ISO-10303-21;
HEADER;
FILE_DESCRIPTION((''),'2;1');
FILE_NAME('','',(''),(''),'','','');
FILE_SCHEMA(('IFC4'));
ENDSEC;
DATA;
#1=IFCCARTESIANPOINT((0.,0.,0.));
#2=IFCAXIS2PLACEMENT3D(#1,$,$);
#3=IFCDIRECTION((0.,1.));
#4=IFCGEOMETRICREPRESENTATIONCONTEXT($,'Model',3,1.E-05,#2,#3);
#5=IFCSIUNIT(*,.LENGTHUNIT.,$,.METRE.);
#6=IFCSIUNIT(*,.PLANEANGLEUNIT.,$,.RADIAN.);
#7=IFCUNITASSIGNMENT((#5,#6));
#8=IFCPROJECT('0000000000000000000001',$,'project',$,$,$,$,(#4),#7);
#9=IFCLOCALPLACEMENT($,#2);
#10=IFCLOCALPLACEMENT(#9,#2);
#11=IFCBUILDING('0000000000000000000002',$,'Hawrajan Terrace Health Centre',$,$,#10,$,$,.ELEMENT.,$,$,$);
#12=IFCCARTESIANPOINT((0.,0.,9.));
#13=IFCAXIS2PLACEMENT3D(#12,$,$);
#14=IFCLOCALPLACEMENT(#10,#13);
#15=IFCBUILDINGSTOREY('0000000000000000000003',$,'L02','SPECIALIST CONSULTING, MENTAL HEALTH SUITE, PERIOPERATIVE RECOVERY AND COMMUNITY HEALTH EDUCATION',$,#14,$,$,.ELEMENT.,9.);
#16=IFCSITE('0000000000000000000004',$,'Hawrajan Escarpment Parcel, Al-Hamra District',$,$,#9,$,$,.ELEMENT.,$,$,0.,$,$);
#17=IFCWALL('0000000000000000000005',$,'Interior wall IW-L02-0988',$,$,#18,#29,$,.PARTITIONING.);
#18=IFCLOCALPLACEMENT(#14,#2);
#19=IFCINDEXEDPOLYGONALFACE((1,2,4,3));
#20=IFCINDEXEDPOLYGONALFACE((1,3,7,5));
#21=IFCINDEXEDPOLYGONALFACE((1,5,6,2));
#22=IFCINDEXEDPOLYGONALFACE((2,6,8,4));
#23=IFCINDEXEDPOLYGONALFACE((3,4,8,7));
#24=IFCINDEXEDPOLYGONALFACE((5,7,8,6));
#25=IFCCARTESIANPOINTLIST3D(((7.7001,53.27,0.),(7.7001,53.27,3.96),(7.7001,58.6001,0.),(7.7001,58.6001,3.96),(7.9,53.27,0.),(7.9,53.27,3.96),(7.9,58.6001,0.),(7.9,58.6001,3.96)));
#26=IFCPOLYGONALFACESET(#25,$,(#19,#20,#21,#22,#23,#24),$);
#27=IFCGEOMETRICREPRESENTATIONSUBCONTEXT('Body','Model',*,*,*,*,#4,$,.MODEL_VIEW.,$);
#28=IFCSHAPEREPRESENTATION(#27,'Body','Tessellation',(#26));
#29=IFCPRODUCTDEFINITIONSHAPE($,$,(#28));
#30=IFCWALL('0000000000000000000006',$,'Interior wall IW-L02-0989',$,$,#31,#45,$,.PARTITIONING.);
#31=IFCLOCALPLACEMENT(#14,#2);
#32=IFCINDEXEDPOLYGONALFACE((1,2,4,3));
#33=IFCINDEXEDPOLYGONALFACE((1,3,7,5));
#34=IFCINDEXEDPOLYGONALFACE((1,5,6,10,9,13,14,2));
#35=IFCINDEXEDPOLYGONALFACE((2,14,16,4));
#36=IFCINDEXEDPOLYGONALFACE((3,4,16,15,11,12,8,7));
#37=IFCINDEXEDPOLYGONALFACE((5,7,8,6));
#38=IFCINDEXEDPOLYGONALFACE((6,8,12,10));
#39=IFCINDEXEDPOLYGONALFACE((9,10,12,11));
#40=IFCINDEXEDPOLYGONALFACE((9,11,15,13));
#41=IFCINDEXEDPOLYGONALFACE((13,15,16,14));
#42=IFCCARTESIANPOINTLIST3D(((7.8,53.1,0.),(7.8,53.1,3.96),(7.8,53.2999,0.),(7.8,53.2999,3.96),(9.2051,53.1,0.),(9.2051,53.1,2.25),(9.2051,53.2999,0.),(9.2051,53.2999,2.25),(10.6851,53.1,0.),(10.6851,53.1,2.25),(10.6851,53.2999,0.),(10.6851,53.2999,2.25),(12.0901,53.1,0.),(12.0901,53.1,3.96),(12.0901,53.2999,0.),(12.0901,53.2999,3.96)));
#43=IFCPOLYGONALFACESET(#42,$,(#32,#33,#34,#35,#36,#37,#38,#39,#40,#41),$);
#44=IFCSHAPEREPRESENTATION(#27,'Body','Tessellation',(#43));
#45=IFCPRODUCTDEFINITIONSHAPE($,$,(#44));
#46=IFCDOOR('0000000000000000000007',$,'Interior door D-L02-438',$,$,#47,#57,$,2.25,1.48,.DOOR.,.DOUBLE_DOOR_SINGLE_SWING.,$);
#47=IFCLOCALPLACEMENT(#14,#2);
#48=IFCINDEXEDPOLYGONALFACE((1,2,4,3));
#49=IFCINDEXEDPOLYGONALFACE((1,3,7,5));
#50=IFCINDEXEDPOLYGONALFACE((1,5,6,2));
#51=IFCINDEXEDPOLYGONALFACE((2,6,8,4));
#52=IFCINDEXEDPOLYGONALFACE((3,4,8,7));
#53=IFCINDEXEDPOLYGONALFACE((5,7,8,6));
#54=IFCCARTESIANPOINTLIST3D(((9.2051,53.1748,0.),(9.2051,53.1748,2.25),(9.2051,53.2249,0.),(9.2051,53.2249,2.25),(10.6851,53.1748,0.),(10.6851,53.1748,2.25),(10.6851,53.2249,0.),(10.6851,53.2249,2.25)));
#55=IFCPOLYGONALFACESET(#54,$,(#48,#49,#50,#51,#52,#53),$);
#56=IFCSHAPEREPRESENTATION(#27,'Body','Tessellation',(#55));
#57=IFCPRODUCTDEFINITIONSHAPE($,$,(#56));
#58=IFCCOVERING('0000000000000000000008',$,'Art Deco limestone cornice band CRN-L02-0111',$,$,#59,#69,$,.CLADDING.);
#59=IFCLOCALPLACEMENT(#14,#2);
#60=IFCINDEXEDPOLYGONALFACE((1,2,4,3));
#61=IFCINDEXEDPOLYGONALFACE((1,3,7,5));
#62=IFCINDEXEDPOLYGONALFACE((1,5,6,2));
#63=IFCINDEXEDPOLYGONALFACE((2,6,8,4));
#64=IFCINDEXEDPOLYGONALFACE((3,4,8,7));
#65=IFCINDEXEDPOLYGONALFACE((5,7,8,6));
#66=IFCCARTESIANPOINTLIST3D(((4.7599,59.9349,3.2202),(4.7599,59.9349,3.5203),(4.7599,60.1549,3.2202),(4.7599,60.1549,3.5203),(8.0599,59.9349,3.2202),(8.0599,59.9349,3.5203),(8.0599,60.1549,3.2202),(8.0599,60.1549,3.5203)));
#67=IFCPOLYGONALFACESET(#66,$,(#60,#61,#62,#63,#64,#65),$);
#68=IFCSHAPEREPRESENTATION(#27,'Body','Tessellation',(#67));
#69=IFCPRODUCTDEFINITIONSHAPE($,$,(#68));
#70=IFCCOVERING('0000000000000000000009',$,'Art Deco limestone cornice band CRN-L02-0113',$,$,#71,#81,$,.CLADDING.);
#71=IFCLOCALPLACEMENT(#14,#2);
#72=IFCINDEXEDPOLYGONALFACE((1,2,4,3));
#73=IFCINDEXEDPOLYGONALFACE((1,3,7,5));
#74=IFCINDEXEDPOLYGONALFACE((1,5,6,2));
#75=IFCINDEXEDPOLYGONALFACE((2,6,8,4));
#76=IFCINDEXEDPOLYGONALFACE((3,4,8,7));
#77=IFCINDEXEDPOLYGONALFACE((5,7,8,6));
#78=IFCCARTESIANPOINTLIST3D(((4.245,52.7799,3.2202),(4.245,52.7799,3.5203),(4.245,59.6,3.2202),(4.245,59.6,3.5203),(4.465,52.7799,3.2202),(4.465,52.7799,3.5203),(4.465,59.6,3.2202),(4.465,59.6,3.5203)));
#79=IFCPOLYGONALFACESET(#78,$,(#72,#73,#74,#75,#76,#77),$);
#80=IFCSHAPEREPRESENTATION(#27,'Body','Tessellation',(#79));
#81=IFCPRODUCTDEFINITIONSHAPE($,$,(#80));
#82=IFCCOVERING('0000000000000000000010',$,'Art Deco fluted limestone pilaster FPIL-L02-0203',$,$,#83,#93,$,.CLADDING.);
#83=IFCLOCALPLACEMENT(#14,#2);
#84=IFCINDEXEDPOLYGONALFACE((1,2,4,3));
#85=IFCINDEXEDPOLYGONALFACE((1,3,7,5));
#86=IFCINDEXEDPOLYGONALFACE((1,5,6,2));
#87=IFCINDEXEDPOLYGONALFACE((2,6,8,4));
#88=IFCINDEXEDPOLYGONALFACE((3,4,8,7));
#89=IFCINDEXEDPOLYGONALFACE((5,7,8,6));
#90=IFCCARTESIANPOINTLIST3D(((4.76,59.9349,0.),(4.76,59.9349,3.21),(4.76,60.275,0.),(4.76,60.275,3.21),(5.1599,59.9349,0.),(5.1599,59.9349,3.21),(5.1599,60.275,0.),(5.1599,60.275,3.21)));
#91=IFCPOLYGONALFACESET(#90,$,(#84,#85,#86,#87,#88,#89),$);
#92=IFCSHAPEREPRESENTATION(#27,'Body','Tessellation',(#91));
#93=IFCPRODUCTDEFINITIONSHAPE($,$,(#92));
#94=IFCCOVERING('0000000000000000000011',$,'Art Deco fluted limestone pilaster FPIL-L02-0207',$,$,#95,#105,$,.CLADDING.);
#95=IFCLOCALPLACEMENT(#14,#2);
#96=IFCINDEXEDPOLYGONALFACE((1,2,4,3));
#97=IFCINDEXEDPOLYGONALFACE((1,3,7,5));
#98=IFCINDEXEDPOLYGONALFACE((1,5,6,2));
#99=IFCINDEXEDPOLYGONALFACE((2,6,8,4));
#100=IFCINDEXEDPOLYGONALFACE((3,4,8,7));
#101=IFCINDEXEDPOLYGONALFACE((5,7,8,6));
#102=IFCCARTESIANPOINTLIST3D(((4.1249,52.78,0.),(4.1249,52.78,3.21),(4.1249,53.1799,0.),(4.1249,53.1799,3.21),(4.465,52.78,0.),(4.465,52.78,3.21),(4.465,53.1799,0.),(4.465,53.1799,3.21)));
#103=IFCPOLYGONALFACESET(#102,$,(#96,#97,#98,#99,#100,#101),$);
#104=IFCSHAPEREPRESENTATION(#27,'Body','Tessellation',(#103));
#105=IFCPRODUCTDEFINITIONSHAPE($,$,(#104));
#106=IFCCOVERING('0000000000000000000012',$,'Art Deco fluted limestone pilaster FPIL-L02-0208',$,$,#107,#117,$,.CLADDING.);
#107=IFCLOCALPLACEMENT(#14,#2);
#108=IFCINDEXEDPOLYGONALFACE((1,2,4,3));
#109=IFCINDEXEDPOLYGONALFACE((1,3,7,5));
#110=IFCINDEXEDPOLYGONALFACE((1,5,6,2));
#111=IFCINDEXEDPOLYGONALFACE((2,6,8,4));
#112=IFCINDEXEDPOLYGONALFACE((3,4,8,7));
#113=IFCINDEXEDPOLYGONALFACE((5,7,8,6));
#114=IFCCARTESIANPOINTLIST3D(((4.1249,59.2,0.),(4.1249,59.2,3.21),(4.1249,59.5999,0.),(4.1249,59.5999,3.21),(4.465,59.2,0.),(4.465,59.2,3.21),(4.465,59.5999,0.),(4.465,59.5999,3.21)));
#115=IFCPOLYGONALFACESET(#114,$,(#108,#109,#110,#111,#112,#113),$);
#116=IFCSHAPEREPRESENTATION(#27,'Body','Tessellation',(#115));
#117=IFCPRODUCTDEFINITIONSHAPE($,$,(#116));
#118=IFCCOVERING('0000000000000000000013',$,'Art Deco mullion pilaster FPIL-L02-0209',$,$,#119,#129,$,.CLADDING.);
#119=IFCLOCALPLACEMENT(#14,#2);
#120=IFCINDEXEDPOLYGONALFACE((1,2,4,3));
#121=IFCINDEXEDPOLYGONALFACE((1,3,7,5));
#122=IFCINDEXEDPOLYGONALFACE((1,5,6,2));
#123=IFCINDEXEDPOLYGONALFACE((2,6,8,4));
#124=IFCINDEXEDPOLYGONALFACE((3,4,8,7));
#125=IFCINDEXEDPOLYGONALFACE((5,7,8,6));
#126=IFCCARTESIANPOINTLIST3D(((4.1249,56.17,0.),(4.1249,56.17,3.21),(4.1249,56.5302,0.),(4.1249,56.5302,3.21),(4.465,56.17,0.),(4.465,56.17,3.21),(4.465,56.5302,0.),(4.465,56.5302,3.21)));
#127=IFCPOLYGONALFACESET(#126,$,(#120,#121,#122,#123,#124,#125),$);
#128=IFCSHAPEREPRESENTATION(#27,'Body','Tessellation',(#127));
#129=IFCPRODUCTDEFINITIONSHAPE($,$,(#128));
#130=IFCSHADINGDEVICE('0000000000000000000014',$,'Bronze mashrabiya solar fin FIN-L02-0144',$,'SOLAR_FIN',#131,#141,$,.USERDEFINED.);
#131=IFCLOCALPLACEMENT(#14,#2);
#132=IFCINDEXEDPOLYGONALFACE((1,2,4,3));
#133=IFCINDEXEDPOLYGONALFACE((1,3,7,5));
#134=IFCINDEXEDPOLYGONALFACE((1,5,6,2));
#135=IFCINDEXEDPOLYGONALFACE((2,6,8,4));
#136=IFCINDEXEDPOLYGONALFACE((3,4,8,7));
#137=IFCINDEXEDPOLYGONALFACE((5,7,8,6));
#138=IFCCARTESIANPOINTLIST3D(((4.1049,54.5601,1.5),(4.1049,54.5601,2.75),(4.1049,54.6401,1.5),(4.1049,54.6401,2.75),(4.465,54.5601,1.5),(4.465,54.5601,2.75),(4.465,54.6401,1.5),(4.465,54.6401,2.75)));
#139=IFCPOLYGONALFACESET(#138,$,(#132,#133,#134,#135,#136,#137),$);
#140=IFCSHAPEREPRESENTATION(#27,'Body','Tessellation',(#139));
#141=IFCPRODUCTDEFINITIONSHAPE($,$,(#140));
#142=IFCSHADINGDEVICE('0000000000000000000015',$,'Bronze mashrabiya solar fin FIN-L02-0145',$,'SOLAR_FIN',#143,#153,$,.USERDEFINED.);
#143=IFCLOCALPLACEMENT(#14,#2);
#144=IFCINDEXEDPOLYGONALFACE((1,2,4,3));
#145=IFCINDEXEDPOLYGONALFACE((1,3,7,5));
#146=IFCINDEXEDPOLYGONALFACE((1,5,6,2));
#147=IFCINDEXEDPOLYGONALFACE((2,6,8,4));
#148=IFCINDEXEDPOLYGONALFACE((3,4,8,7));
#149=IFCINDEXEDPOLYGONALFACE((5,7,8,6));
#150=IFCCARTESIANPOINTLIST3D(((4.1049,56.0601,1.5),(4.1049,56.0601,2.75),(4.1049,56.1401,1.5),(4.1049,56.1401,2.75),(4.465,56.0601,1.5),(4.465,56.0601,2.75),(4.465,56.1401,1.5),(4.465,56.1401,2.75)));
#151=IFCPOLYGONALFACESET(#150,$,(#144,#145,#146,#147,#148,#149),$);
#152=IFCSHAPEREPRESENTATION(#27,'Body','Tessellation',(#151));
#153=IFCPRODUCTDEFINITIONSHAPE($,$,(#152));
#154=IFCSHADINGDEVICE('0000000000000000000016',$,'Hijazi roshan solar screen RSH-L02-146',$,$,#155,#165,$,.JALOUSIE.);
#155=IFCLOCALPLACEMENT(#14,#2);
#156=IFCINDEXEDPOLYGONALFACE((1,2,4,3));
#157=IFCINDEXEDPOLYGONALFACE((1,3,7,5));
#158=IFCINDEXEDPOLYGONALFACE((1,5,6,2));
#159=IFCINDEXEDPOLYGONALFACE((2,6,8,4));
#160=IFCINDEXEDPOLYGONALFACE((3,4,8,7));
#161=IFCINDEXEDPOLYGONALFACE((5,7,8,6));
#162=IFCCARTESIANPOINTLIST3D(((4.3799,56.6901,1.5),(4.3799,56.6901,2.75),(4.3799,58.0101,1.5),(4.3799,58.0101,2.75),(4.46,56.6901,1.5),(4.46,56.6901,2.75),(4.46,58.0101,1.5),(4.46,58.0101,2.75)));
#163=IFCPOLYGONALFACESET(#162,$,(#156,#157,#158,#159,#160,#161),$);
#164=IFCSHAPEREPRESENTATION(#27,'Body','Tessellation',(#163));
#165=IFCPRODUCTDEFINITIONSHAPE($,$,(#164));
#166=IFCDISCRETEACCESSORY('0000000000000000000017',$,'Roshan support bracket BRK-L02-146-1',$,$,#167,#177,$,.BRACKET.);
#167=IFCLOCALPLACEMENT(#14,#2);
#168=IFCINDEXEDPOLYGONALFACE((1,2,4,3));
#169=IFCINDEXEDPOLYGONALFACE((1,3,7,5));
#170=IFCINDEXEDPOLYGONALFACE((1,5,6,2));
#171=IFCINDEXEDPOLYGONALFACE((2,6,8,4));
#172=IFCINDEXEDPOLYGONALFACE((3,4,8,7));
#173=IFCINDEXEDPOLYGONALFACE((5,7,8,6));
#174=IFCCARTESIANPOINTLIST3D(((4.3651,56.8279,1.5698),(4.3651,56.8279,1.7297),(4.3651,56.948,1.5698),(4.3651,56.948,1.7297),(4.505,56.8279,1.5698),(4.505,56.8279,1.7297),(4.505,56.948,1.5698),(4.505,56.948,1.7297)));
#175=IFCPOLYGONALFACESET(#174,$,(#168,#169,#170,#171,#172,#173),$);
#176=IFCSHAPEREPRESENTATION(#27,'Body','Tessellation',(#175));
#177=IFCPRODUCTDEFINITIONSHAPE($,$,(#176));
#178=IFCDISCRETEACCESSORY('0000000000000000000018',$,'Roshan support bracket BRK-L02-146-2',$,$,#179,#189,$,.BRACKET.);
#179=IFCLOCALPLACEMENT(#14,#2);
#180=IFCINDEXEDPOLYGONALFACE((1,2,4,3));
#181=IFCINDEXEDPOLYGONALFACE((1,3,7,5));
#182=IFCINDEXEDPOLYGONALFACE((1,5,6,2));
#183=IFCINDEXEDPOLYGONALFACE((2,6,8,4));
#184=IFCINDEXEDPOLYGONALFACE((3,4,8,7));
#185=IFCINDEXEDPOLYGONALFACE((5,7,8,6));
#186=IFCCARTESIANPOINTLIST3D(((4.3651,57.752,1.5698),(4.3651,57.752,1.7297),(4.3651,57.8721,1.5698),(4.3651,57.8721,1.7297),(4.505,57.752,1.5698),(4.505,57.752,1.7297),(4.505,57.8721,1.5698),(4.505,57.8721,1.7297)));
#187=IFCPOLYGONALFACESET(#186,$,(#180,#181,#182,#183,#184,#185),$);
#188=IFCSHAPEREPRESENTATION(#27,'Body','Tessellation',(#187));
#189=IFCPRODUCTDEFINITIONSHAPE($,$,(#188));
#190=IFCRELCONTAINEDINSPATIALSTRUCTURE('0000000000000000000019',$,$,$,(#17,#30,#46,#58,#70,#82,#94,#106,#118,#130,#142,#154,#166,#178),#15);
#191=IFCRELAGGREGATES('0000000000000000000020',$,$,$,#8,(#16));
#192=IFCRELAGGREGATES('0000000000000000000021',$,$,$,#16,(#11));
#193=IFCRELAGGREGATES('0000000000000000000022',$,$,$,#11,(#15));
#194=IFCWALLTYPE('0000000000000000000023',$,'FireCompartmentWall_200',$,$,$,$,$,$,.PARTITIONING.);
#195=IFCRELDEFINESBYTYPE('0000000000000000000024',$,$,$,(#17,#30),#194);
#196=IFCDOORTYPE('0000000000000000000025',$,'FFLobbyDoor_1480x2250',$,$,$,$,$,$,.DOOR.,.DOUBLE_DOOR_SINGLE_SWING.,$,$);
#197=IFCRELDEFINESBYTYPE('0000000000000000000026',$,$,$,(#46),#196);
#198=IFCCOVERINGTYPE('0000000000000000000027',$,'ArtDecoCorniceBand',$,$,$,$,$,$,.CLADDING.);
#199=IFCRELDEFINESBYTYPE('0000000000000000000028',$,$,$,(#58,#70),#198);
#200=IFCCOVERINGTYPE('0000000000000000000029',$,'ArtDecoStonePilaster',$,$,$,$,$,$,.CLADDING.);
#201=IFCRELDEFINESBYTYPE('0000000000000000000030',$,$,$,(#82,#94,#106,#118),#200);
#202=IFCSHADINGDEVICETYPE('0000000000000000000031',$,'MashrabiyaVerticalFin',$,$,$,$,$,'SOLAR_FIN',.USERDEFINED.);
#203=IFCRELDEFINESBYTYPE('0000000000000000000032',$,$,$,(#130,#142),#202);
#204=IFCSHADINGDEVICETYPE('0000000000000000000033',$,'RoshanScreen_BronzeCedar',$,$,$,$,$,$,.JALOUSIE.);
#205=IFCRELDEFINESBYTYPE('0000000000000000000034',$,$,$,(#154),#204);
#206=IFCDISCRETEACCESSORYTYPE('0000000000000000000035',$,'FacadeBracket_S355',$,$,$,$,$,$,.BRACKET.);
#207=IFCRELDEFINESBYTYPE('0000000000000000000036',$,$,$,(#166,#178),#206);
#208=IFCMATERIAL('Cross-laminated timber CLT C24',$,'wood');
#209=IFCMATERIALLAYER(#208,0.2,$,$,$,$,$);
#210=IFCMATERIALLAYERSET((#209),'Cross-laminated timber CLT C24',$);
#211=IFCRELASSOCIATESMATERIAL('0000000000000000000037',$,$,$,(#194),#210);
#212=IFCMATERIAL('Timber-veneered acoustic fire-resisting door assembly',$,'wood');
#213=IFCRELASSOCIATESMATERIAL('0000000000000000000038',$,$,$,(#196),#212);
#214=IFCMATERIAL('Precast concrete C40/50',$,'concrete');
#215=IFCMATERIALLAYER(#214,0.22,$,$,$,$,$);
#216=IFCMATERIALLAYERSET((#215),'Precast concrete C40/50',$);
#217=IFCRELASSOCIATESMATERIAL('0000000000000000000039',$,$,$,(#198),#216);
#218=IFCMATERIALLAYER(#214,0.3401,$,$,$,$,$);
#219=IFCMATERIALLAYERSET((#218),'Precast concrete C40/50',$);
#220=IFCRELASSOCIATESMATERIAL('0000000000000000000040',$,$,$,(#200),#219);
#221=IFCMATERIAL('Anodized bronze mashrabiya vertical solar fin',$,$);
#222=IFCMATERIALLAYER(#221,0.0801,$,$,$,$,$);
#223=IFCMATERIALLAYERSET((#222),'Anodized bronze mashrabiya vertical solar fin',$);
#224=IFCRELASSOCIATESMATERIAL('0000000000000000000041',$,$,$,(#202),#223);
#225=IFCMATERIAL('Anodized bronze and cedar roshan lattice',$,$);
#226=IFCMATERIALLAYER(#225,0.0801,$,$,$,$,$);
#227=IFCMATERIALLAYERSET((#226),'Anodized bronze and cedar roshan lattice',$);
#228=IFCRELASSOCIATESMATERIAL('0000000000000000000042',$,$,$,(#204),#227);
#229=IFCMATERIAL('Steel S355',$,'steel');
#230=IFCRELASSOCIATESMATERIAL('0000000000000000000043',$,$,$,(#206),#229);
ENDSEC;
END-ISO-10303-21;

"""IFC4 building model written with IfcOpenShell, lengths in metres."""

from ifc_helpers import new_model, si_unit, direction, frame, frame_2d, origin, origin_2d, place, context, subcontext, project, spatial, rectangle, extrude, material, layer, layer_set, type_object, element, fill, save


model = new_model("IFC4")

# Units and contexts
model_context = context("Model", 3, precision=1e-05, world=origin(), true_north=direction((0.0, 1.0)))
body_context = subcontext(model_context, "Body", "Model", "MODEL_VIEW")
ifc_project = project(units=[si_unit("LENGTHUNIT", "METRE"), si_unit("PLANEANGLEUNIT", "RADIAN")], contexts=[model_context])

# Site, building, storey
site_placement = place(None, origin())
site = spatial("IfcSite", under=ifc_project, at=site_placement, Name="Hawrajan Escarpment Parcel, Al-Hamra District", CompositionType="ELEMENT", RefElevation=0.0)
building_placement = place(site_placement, origin())
building = spatial("IfcBuilding", under=site, at=building_placement, Name="Hawrajan Terrace Health Centre", CompositionType="ELEMENT")
storey_placement = place(building_placement, frame((0.0, 0.0, 9.0)))
storey = spatial("IfcBuildingStorey", under=building, at=storey_placement, Name="L02", Description="SPECIALIST CONSULTING, MENTAL HEALTH SUITE, PERIOPERATIVE RECOVERY AND COMMUNITY HEALTH EDUCATION", CompositionType="ELEMENT", Elevation=9.0)

# Shared definitions
ifc_material_1 = material(Name="Precast concrete C40/50", Category="concrete")

# Wall
ifc_material_2 = material(Name="Cross-laminated timber CLT C24", Category="wood")
ifc_layer_1 = layer(ifc_material_2, 0.2)
ifc_layer_set_1 = layer_set([ifc_layer_1], Name="Cross-laminated timber CLT C24")
wall_type_1 = type_object("IfcWallType", Name="FireCompartmentWall_200", PredefinedType="PARTITIONING", material=ifc_layer_set_1)
wall_1_placement = place(storey_placement, frame((7.8, 53.27, 0.0), z_axis=(0.0, 0.0, 1.0), x_axis=(0.0, 1.0, 0.0)))
element("IfcWall", 1, at=wall_1_placement, inside=storey, type_object=wall_type_1, Name="Interior wall IW-L02-0988", PredefinedType="PARTITIONING", context=body_context, shape_type="SweptSolid", body=[
    extrude(rectangle(XDim=5.3301, YDim=0.2, at=frame_2d((2.665, 0.0))), origin(), (0.0, 0.0, 1.0), 3.96),
])

# Wall, opening, door
wall_2_placement = place(storey_placement, frame((7.8, 53.2, 0.0), z_axis=(0.0, 0.0, 1.0), x_axis=(1.0, 0.0, 0.0)))
wall_2 = element("IfcWall", 2, at=wall_2_placement, inside=storey, type_object=wall_type_1, Name="Interior wall IW-L02-0989", PredefinedType="PARTITIONING", context=body_context, shape_type="SweptSolid", body=[
    extrude(rectangle(XDim=4.29, YDim=0.2, at=frame_2d((2.145, 0.0))), origin(), (0.0, 0.0, 1.0), 3.96),
])
opening_1_placement = place(wall_2_placement, frame((1.405, 0.0, 0.0)))
opening_1 = element("IfcOpeningElement", 3, at=opening_1_placement, cuts=wall_2, PredefinedType="OPENING", context=body_context, shape_type="SweptSolid", body=[
    extrude(rectangle(XDim=1.48, YDim=2.25, at=frame_2d((0.74, 1.125))), frame((0.0, 0.1099, 0.0), z_axis=(0.0, -1.0, 0.0), x_axis=(1.0, 0.0, 0.0)), (0.0, 0.0, 1.0), 0.22),
])
ifc_material_3 = material(Name="Timber-veneered acoustic fire-resisting door assembly", Category="wood")
door_type_1 = type_object("IfcDoorType", Name="FFLobbyDoor_1480x2250", OperationType="DOUBLE_DOOR_SINGLE_SWING", PredefinedType="DOOR", material=ifc_material_3)
door_1_placement = place(opening_1_placement, origin())
door_1 = element("IfcDoor", 4, at=door_1_placement, inside=storey, type_object=door_type_1, Name="Interior door D-L02-438", OperationType="DOUBLE_DOOR_SINGLE_SWING", OverallHeight=2.25, OverallWidth=1.48, PredefinedType="DOOR", context=body_context, shape_type="SweptSolid", body=[
    extrude(rectangle(XDim=1.48, YDim=2.25, at=frame_2d((0.74, 1.125))), frame((0.0, 0.0249, 0.0), z_axis=(0.0, -1.0, 0.0), x_axis=(1.0, 0.0, 0.0)), (0.0, 0.0, 1.0), 0.05),
])
fill(opening_1, door_1)

# Coverings
ifc_layer_2 = layer(ifc_material_1, 0.22)
ifc_layer_set_2 = layer_set([ifc_layer_2], Name="Precast concrete C40/50")
covering_type_1 = type_object("IfcCoveringType", Name="ArtDecoCorniceBand", PredefinedType="CLADDING", material=ifc_layer_set_2)
covering_1_placement = place(storey_placement, frame((6.4099, 60.0449, 3.2202), z_axis=(0.0, 0.0, 1.0), x_axis=(1.0, 0.0, 0.0)))
element("IfcCovering", 5, at=covering_1_placement, inside=storey, type_object=covering_type_1, Name="Art Deco limestone cornice band CRN-L02-0111", PredefinedType="CLADDING", context=body_context, shape_type="SweptSolid", body=[
    extrude(rectangle(XDim=3.3, YDim=0.22, at=origin_2d()), origin(), (0.0, 0.0, 1.0), 0.3),
])
covering_2_placement = place(storey_placement, frame((4.355, 56.1899, 3.2202), z_axis=(0.0, 0.0, 1.0), x_axis=(0.0, 1.0, 0.0)))
element("IfcCovering", 6, at=covering_2_placement, inside=storey, type_object=covering_type_1, Name="Art Deco limestone cornice band CRN-L02-0113", PredefinedType="CLADDING", context=body_context, shape_type="SweptSolid", body=[
    extrude(rectangle(XDim=6.8201, YDim=0.22, at=origin_2d()), origin(), (0.0, 0.0, 1.0), 0.3),
])
ifc_layer_3 = layer(ifc_material_1, 0.3401)
ifc_layer_set_3 = layer_set([ifc_layer_3], Name="Precast concrete C40/50")
covering_type_2 = type_object("IfcCoveringType", Name="ArtDecoStonePilaster", PredefinedType="CLADDING", material=ifc_layer_set_3)
for number, where, z_axis, x_axis, name in (
    (7, (4.96, 60.105, 0.0), (0.0, 0.0, 1.0), (1.0, 0.0, 0.0), "Art Deco fluted limestone pilaster FPIL-L02-0203"),
    (8, (4.2949, 52.98, 0.0), (0.0, 0.0, 1.0), (0.0, 1.0, 0.0), "Art Deco fluted limestone pilaster FPIL-L02-0207"),
    (9, (4.2949, 59.3999, 0.0), (0.0, 0.0, 1.0), (0.0, 1.0, 0.0), "Art Deco fluted limestone pilaster FPIL-L02-0208"),
):
    element("IfcCovering", number, at=place(storey_placement, frame(where, z_axis=z_axis, x_axis=x_axis)), inside=storey, type_object=covering_type_2, Name=name, PredefinedType="CLADDING", context=body_context, shape_type="SweptSolid", body=[
        extrude(rectangle(XDim=0.3999, YDim=0.3401, at=origin_2d()), origin(), (0.0, 0.0, 1.0), 3.21),
    ])
covering_3_placement = place(storey_placement, frame((4.2949, 56.3501, 0.0), z_axis=(0.0, 0.0, 1.0), x_axis=(0.0, 1.0, 0.0)))
element("IfcCovering", 10, at=covering_3_placement, inside=storey, type_object=covering_type_2, Name="Art Deco mullion pilaster FPIL-L02-0209", PredefinedType="CLADDING", context=body_context, shape_type="SweptSolid", body=[
    extrude(rectangle(XDim=0.3601, YDim=0.3401, at=origin_2d()), origin(), (0.0, 0.0, 1.0), 3.21),
])

# Shading devices
ifc_material_4 = material(Name="Anodized bronze mashrabiya vertical solar fin")
ifc_layer_4 = layer(ifc_material_4, 0.0801)
ifc_layer_set_4 = layer_set([ifc_layer_4], Name="Anodized bronze mashrabiya vertical solar fin")
shading_device_type_1 = type_object("IfcShadingDeviceType", Name="MashrabiyaVerticalFin", ElementType="SOLAR_FIN", PredefinedType="USERDEFINED", material=ifc_layer_set_4)
for number, where, z_axis, x_axis, name in (
    (11, (4.2849, 54.6001, 1.5), (0.0, 0.0, 1.0), (0.0, 1.0, 0.0), "Bronze mashrabiya solar fin FIN-L02-0144"),
    (12, (4.2849, 56.1001, 1.5), (0.0, 0.0, 1.0), (0.0, 1.0, 0.0), "Bronze mashrabiya solar fin FIN-L02-0145"),
):
    element("IfcShadingDevice", number, at=place(storey_placement, frame(where, z_axis=z_axis, x_axis=x_axis)), inside=storey, type_object=shading_device_type_1, Name=name, ObjectType="SOLAR_FIN", PredefinedType="USERDEFINED", context=body_context, shape_type="SweptSolid", body=[
        extrude(rectangle(XDim=0.0801, YDim=0.3601, at=origin_2d()), origin(), (0.0, 0.0, 1.0), 1.25),
    ])
ifc_material_5 = material(Name="Anodized bronze and cedar roshan lattice")
ifc_layer_5 = layer(ifc_material_5, 0.0801)
ifc_layer_set_5 = layer_set([ifc_layer_5], Name="Anodized bronze and cedar roshan lattice")
shading_device_type_2 = type_object("IfcShadingDeviceType", Name="RoshanScreen_BronzeCedar", PredefinedType="JALOUSIE", material=ifc_layer_set_5)
shading_device_placement = place(storey_placement, frame((4.4199, 57.3501, 1.5), z_axis=(0.0, 0.0, 1.0), x_axis=(0.0, 1.0, 0.0)))
element("IfcShadingDevice", 13, at=shading_device_placement, inside=storey, type_object=shading_device_type_2, Name="Hijazi roshan solar screen RSH-L02-146", PredefinedType="JALOUSIE", context=body_context, shape_type="SweptSolid", body=[
    extrude(rectangle(XDim=1.3201, YDim=0.0801, at=origin_2d()), origin(), (0.0, 0.0, 1.0), 1.25),
])

# Discrete accessories
ifc_material_6 = material(Name="Steel S355", Category="steel")
discrete_accessory_type = type_object("IfcDiscreteAccessoryType", Name="FacadeBracket_S355", PredefinedType="BRACKET", material=ifc_material_6)
for number, where, z_axis, x_axis, name in (
    (14, (4.4351, 56.8879, 1.5698), (0.0, 0.0, 1.0), (0.0, 1.0, 0.0), "Roshan support bracket BRK-L02-146-1"),
    (15, (4.4351, 57.812, 1.5698), (0.0, 0.0, 1.0), (0.0, 1.0, 0.0), "Roshan support bracket BRK-L02-146-2"),
):
    element("IfcDiscreteAccessory", number, at=place(storey_placement, frame(where, z_axis=z_axis, x_axis=x_axis)), inside=storey, type_object=discrete_accessory_type, Name=name, PredefinedType="BRACKET", context=body_context, shape_type="SweptSolid", body=[
        extrude(rectangle(XDim=0.1201, YDim=0.1399, at=origin_2d()), origin(), (0.0, 0.0, 1.0), 0.1599),
    ])

save(model, "model.ifc")
